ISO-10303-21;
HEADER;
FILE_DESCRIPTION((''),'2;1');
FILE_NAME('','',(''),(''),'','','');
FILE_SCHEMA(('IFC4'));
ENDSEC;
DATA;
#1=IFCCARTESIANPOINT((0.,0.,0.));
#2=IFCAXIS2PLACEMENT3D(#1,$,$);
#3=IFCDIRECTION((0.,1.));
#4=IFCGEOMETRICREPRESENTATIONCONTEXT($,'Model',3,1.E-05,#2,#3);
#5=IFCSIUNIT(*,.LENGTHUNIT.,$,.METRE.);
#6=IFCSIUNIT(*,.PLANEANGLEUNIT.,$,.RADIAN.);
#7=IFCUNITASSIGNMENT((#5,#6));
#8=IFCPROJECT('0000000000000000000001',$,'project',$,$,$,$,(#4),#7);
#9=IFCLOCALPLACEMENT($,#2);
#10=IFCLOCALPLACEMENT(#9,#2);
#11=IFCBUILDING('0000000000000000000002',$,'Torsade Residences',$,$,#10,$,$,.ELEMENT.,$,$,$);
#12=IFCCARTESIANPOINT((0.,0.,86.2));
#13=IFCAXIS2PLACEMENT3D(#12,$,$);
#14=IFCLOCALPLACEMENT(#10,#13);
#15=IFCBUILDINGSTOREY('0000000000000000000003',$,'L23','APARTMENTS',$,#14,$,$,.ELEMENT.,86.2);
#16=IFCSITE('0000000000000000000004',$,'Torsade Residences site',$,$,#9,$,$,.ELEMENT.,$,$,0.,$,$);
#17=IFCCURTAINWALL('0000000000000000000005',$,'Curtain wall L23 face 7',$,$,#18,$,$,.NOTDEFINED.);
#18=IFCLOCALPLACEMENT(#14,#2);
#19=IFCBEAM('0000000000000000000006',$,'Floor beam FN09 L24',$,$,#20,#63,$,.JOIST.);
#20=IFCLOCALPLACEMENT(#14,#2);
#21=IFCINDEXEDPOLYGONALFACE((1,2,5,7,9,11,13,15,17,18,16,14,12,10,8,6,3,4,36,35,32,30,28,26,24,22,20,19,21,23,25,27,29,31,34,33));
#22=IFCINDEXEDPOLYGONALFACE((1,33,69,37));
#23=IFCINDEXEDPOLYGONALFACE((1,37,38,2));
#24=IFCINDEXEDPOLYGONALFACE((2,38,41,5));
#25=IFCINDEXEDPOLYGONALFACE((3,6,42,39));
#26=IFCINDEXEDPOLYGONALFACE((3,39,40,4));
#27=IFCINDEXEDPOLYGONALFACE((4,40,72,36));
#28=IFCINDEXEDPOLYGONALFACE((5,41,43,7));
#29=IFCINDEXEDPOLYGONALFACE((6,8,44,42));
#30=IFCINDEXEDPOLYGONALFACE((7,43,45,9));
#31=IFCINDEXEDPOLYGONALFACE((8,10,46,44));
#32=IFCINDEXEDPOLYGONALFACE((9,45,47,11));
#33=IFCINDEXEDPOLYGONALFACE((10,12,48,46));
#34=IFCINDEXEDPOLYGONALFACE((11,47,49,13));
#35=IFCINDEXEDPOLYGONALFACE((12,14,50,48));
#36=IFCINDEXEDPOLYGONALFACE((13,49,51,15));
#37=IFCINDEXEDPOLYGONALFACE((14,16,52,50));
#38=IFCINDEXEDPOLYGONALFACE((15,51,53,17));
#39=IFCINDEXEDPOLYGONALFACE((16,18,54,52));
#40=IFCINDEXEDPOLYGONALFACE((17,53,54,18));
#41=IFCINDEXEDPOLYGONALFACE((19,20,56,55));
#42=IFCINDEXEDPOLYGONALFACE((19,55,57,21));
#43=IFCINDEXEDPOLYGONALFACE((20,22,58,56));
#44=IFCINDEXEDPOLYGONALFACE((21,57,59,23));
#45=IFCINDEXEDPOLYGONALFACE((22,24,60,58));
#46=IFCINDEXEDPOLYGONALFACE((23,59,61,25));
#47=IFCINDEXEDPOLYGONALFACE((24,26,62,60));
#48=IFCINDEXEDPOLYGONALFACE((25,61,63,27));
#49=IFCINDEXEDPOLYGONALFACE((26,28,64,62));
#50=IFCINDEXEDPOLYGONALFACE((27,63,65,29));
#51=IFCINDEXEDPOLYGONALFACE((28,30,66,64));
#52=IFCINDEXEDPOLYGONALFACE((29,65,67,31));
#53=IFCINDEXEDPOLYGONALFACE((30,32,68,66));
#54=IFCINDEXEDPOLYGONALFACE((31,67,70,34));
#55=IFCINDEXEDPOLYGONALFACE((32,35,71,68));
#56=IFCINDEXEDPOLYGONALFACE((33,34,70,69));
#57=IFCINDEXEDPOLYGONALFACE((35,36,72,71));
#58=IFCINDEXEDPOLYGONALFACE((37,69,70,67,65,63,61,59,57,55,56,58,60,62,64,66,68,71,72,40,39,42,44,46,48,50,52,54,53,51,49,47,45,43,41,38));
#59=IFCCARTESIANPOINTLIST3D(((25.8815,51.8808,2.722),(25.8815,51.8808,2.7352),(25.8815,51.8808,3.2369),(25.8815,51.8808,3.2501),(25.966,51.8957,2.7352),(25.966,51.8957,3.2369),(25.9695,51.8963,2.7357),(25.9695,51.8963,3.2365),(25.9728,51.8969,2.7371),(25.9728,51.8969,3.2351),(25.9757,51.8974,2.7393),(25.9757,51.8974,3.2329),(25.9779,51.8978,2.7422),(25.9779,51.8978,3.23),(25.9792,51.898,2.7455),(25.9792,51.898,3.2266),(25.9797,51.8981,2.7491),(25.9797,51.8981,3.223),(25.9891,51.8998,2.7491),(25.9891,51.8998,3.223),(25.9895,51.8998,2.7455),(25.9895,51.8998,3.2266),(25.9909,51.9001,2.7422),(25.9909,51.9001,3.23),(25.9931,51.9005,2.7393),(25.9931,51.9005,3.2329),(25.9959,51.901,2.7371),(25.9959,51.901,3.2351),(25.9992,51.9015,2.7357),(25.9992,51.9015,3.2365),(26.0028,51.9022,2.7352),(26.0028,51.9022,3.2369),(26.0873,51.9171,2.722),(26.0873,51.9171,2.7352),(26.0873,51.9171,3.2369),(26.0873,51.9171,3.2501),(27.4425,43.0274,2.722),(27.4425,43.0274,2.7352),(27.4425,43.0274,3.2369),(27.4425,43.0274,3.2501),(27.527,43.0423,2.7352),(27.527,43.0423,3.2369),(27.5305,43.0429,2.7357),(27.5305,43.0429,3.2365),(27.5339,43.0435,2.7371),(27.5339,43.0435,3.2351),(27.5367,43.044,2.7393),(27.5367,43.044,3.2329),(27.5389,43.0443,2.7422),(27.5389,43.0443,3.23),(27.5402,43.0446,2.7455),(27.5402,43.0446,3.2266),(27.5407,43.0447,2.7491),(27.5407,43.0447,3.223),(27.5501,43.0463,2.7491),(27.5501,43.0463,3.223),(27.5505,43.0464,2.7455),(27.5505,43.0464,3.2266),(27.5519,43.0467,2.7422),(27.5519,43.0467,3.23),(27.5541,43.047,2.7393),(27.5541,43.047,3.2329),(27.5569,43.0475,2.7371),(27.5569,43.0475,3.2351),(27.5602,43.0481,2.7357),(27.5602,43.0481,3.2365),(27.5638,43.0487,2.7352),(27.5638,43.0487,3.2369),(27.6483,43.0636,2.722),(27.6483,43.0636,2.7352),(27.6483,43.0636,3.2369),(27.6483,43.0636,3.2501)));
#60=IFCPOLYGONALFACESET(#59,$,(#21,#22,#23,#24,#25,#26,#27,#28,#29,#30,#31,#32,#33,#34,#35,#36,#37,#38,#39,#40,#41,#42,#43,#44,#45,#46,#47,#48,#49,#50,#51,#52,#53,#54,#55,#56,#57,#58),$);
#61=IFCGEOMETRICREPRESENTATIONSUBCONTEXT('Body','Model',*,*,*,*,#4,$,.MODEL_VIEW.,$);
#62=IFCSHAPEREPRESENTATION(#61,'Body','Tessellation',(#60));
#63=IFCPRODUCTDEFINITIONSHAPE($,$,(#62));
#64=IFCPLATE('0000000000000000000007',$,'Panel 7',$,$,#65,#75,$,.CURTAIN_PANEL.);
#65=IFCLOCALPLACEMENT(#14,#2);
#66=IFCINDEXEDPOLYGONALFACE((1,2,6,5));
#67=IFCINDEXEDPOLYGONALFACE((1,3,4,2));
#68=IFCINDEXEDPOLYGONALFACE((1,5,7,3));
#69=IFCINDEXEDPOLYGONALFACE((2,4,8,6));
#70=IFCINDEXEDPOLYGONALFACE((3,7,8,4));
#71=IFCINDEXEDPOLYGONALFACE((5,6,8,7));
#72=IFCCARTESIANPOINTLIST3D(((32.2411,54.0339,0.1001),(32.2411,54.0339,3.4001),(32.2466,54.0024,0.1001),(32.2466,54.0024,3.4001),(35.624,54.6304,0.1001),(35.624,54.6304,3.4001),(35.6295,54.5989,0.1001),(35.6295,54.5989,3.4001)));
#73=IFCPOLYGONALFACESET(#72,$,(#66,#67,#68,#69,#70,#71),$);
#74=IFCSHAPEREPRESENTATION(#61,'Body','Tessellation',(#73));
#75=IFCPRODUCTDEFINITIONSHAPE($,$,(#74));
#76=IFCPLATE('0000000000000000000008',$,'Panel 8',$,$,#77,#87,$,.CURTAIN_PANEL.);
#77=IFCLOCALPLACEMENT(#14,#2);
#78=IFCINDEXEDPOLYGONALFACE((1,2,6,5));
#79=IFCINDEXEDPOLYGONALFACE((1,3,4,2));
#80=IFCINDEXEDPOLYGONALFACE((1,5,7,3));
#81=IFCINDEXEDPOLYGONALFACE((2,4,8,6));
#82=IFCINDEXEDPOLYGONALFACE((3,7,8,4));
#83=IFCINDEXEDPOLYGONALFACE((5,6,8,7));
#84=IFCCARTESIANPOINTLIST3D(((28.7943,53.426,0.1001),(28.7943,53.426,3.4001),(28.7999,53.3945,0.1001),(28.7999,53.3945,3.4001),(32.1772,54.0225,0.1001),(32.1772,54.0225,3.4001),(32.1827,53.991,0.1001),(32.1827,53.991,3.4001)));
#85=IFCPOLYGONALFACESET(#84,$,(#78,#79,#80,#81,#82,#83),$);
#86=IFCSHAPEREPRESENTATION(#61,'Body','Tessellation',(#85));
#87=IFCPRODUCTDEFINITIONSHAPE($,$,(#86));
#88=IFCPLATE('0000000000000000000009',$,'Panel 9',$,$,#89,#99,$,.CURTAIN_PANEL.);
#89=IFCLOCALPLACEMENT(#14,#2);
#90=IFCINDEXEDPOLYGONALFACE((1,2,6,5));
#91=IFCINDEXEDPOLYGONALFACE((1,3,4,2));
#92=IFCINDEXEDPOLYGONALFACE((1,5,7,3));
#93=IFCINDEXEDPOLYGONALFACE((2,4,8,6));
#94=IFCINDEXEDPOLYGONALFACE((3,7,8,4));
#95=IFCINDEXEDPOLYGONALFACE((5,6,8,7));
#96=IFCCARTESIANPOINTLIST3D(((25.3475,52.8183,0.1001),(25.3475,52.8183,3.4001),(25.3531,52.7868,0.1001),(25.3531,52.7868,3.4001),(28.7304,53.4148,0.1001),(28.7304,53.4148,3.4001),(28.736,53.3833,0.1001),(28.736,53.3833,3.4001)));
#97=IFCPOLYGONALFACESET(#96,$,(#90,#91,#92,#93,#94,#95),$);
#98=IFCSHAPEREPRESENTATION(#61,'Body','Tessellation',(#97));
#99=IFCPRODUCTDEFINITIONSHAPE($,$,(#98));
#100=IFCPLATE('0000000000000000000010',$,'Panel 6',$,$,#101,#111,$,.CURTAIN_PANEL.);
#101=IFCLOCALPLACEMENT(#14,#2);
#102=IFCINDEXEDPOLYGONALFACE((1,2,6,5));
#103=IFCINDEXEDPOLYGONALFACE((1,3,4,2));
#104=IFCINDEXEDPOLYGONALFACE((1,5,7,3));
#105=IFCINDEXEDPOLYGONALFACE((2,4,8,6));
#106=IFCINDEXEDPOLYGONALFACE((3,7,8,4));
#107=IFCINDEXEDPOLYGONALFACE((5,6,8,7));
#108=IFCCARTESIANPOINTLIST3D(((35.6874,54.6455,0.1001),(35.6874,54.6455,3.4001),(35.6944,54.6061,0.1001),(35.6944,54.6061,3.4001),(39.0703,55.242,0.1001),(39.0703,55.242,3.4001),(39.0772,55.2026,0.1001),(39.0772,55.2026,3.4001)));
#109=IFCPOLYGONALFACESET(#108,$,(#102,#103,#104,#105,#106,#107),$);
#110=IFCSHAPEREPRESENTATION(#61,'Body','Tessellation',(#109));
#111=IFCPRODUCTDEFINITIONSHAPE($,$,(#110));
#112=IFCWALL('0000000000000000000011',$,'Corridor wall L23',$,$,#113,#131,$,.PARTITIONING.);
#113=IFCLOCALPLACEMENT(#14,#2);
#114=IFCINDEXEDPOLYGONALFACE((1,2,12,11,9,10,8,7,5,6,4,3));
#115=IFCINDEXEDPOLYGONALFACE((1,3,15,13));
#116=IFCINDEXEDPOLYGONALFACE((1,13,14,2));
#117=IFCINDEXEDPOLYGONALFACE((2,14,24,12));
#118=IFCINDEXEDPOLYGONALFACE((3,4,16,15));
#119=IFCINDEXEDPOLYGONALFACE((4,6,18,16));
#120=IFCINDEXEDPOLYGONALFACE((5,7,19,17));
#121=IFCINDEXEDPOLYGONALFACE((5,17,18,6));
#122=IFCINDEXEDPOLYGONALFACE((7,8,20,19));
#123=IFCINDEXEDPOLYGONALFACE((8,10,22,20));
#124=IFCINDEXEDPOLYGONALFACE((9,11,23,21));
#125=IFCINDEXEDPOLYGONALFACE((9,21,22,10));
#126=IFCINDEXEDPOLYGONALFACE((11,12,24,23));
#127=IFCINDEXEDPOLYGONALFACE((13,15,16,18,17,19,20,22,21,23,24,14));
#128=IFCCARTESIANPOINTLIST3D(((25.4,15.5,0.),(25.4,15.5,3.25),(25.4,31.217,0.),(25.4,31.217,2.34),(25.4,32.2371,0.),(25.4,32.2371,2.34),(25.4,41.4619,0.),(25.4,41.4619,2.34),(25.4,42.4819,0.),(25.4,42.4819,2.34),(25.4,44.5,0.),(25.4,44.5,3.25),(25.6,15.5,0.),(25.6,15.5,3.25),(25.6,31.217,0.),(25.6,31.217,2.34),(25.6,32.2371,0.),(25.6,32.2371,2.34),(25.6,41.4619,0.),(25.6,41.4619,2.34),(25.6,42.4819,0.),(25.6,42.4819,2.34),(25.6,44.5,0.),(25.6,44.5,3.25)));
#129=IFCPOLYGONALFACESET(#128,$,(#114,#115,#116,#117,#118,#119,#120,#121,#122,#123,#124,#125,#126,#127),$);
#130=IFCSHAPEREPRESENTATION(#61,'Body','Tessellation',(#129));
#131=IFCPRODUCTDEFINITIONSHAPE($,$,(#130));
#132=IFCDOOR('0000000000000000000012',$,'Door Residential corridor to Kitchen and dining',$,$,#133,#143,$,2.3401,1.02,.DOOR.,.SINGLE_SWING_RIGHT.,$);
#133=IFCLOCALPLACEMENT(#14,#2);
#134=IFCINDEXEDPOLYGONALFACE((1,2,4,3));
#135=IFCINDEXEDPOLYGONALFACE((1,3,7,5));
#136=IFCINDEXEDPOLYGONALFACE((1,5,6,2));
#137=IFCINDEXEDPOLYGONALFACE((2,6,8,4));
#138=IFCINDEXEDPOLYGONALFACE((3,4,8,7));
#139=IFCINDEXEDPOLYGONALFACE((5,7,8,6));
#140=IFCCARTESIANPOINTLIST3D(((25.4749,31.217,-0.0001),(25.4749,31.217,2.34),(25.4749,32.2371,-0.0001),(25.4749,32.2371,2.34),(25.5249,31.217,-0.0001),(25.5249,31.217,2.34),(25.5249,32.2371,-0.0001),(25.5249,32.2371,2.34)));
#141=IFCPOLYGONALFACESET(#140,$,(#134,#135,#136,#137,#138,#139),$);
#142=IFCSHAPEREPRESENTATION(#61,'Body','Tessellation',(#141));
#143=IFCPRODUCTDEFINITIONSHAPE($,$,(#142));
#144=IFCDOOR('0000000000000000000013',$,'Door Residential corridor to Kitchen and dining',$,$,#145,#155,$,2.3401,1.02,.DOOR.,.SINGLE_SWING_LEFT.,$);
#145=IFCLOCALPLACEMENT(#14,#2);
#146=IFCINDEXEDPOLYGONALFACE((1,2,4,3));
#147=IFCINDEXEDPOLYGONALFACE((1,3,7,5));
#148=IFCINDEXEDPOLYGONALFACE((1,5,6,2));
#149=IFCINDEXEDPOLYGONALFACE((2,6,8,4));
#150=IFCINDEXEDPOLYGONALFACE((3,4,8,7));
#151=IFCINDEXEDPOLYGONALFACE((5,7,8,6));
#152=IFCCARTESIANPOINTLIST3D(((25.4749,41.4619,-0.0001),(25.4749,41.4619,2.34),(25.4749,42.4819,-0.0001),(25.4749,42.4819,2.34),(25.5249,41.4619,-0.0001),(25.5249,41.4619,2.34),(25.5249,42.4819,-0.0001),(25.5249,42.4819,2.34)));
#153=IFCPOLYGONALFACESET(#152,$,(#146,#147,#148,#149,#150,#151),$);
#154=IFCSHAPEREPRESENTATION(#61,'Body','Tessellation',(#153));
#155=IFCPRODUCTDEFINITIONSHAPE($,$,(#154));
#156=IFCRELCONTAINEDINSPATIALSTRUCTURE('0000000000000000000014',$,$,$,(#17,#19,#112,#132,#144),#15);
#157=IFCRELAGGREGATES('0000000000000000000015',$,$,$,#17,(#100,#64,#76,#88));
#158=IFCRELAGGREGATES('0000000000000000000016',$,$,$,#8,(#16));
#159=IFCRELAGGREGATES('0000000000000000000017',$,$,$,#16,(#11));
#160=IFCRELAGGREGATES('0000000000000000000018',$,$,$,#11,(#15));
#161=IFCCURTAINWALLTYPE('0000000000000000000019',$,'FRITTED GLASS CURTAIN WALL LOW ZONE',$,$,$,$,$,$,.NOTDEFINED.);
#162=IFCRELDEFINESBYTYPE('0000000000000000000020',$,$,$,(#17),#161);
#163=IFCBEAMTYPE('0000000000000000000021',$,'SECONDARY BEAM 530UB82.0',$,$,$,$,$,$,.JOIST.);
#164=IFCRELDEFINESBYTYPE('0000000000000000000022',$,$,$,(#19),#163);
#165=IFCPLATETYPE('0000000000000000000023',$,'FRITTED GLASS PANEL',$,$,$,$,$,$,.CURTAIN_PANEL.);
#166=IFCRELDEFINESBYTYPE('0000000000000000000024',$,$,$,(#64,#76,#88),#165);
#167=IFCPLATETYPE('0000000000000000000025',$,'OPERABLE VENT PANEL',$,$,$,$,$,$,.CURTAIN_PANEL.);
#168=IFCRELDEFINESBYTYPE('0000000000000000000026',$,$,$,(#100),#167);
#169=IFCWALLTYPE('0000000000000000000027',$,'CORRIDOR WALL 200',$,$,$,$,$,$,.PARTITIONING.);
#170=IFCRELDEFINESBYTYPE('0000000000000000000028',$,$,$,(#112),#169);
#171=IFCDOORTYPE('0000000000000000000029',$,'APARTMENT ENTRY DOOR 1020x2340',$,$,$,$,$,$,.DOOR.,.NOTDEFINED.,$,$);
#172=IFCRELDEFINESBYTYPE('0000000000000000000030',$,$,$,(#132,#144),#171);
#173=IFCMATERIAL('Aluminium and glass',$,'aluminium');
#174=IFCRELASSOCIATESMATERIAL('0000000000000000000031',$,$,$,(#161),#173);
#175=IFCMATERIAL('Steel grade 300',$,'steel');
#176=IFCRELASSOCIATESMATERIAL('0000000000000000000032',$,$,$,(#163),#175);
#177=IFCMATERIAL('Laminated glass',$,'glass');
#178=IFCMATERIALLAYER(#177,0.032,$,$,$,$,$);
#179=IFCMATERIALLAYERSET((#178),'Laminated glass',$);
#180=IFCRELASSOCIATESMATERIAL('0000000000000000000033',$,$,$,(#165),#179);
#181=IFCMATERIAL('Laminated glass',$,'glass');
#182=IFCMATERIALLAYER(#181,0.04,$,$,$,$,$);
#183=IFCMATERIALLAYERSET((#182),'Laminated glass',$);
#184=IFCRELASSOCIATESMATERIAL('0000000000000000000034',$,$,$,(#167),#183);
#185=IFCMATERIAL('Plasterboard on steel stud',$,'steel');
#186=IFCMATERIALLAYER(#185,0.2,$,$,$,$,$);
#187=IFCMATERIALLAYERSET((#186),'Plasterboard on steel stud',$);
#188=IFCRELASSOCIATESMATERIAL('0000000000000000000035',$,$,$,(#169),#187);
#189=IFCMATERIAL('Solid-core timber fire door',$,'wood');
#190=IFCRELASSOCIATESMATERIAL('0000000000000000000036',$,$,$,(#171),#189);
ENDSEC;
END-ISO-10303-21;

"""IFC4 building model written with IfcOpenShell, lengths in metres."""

from ifc_helpers import new_model, si_unit, direction, frame, frame_2d, origin, origin_2d, place, context, subcontext, project, spatial, rectangle, i_section, extrude, material, layer, layer_set, material_profile, profile_set, type_object, element, fill, aggregate, save


model = new_model("IFC4")

# Units and contexts
model_context = context("Model", 3, precision=1e-05, world=origin(), true_north=direction((0.0, 1.0)))
body_context = subcontext(model_context, "Body", "Model", "MODEL_VIEW")
ifc_project = project(units=[si_unit("LENGTHUNIT", "METRE"), si_unit("PLANEANGLEUNIT", "RADIAN")], contexts=[model_context])

# Site, building, storey
site_placement = place(None, origin())
site = spatial("IfcSite", under=ifc_project, at=site_placement, Name="Torsade Residences site", CompositionType="ELEMENT", RefElevation=0.0)
building_placement = place(site_placement, origin())
building = spatial("IfcBuilding", under=site, at=building_placement, Name="Torsade Residences", CompositionType="ELEMENT")
storey_placement = place(building_placement, frame((0.0, 0.0, 86.2)))
storey = spatial("IfcBuildingStorey", under=building, at=storey_placement, Name="L23", Description="APARTMENTS", CompositionType="ELEMENT", Elevation=86.2)

# Curtain wall
ifc_material_1 = material(Name="Aluminium and glass", Category="aluminium")
curtain_wall_type = type_object("IfcCurtainWallType", Name="FRITTED GLASS CURTAIN WALL LOW ZONE", PredefinedType="NOTDEFINED", material=ifc_material_1)
curtain_wall_placement = place(storey_placement, origin())
curtain_wall = element("IfcCurtainWall", 1, at=curtain_wall_placement, inside=storey, type_object=curtain_wall_type, Name="Curtain wall L23 face 7", PredefinedType="NOTDEFINED")

# Beam
ifc_material_2 = material(Name="Steel grade 300", Category="steel")
ifc_material_profile_1 = material_profile(ifc_material_2, i_section(OverallWidth=0.209, OverallDepth=0.5281, WebThickness=0.0095, FlangeThickness=0.0132, FilletRadius=0.0139, at=origin_2d()), Name="530UB82.0")
ifc_profile_set_1 = profile_set([ifc_material_profile_1], Name="Steel grade 300")
beam_type_1 = type_object("IfcBeamType", Name="SECONDARY BEAM 530UB82.0", PredefinedType="JOIST", material=ifc_profile_set_1)
beam_1_placement = place(storey_placement, frame((25.9844, 51.8989, 2.9861), z_axis=(0.17364, -0.984809, 0.0), x_axis=(0.984809, 0.17364, 0.0)))
element("IfcBeam", 2, at=beam_1_placement, inside=storey, type_object=beam_type_1, Name="Floor beam FN09 L24", PredefinedType="JOIST", context=body_context, shape_type="SweptSolid", body=[
    extrude(i_section(OverallWidth=0.209, OverallDepth=0.5281, WebThickness=0.0095, FlangeThickness=0.0132, FilletRadius=0.0139, at=origin_2d()), origin(), (0.0, 0.0, 1.0), 8.99),
])

# Plates
ifc_material_3 = material(Name="Laminated glass", Category="glass")
ifc_layer_1 = layer(ifc_material_3, 0.032)
ifc_layer_set_1 = layer_set([ifc_layer_1], Name="Laminated glass")
plate_type_1 = type_object("IfcPlateType", Name="FRITTED GLASS PANEL", PredefinedType="CURTAIN_PANEL", material=ifc_layer_set_1)
plate_1_placement = place(storey_placement, frame((33.9353, 54.3164, 0.1001), z_axis=(0.0, 0.0, 1.0), x_axis=(-0.984808, -0.173648, 0.0)))
plate_1 = element("IfcPlate", 3, at=plate_1_placement, type_object=plate_type_1, Name="Panel 7", PredefinedType="CURTAIN_PANEL", context=body_context, shape_type="SweptSolid", body=[
    extrude(rectangle(XDim=3.4351, YDim=0.032, at=origin_2d()), origin(), (0.0, 0.0, 1.0), 3.3),
])
plate_2_placement = place(storey_placement, frame((30.4885, 53.7085, 0.1001), z_axis=(0.0, 0.0, 1.0), x_axis=(-0.984808, -0.173648, 0.0)))
plate_2 = element("IfcPlate", 4, at=plate_2_placement, type_object=plate_type_1, Name="Panel 8", PredefinedType="CURTAIN_PANEL", context=body_context, shape_type="SweptSolid", body=[
    extrude(rectangle(XDim=3.4351, YDim=0.032, at=origin_2d()), origin(), (0.0, 0.0, 1.0), 3.3),
])
plate_3_placement = place(storey_placement, frame((27.0417, 53.1008, 0.1001), z_axis=(0.0, 0.0, 1.0), x_axis=(-0.984808, -0.173648, 0.0)))
plate_3 = element("IfcPlate", 5, at=plate_3_placement, type_object=plate_type_1, Name="Panel 9", PredefinedType="CURTAIN_PANEL", context=body_context, shape_type="SweptSolid", body=[
    extrude(rectangle(XDim=3.4351, YDim=0.032, at=origin_2d()), origin(), (0.0, 0.0, 1.0), 3.3),
])
ifc_material_4 = material(Name="Laminated glass", Category="glass")
ifc_layer_2 = layer(ifc_material_4, 0.04)
ifc_layer_set_2 = layer_set([ifc_layer_2], Name="Laminated glass")
plate_type_2 = type_object("IfcPlateType", Name="OPERABLE VENT PANEL", PredefinedType="CURTAIN_PANEL", material=ifc_layer_set_2)
plate_4_placement = place(storey_placement, frame((37.3823, 54.9241, 0.1001), z_axis=(0.0, 0.0, 1.0), x_axis=(-0.984808, -0.173648, 0.0)))
plate_4 = element("IfcPlate", 6, at=plate_4_placement, type_object=plate_type_2, Name="Panel 6", PredefinedType="CURTAIN_PANEL", context=body_context, shape_type="SweptSolid", body=[
    extrude(rectangle(XDim=3.4351, YDim=0.04, at=origin_2d()), origin(), (0.0, 0.0, 1.0), 3.3),
])
aggregate(curtain_wall, [plate_4, plate_1, plate_2, plate_3])

# Wall, openings, doors
ifc_material_5 = material(Name="Plasterboard on steel stud", Category="steel")
ifc_layer_3 = layer(ifc_material_5, 0.2)
ifc_layer_set_3 = layer_set([ifc_layer_3], Name="Plasterboard on steel stud")
wall_type_1 = type_object("IfcWallType", Name="CORRIDOR WALL 200", PredefinedType="PARTITIONING", material=ifc_layer_set_3)
wall_1_placement = place(storey_placement, frame((25.5, 44.5, 0.0), z_axis=(0.0, 0.0, 1.0), x_axis=(0.0, -1.0, 0.0)))
wall_1 = element("IfcWall", 7, at=wall_1_placement, inside=storey, type_object=wall_type_1, Name="Corridor wall L23", PredefinedType="PARTITIONING", context=body_context, shape_type="SweptSolid", body=[
    extrude(rectangle(XDim=29.0, YDim=0.2, at=frame_2d((14.5, 0.0))), origin(), (0.0, 0.0, 1.0), 3.25),
])
opening_1_placement = place(wall_1_placement, frame((12.2629, 0.0, 0.0)))
opening_1 = element("IfcOpeningElement", 8, at=opening_1_placement, cuts=wall_1, PredefinedType="OPENING", context=body_context, shape_type="SweptSolid", body=[
    extrude(rectangle(XDim=1.02, YDim=2.3401, at=frame_2d((0.51, 1.1699))), frame((0.0, 0.1099, 0.0), z_axis=(0.0, -1.0, 0.0), x_axis=(1.0, 0.0, 0.0)), (0.0, 0.0, 1.0), 0.22),
])
opening_2_placement = place(wall_1_placement, frame((2.0181, 0.0, 0.0)))
opening_2 = element("IfcOpeningElement", 9, at=opening_2_placement, cuts=wall_1, PredefinedType="OPENING", context=body_context, shape_type="SweptSolid", body=[
    extrude(rectangle(XDim=1.02, YDim=2.3401, at=frame_2d((0.51, 1.1699))), frame((0.0, 0.1099, 0.0), z_axis=(0.0, -1.0, 0.0), x_axis=(1.0, 0.0, 0.0)), (0.0, 0.0, 1.0), 0.22),
])
ifc_material_6 = material(Name="Solid-core timber fire door", Category="wood")
door_type_1 = type_object("IfcDoorType", Name="APARTMENT ENTRY DOOR 1020x2340", OperationType="NOTDEFINED", PredefinedType="DOOR", material=ifc_material_6)
door_1_placement = place(opening_1_placement, origin())
door_1 = element("IfcDoor", 10, at=door_1_placement, inside=storey, type_object=door_type_1, Name="Door Residential corridor to Kitchen and dining", OperationType="SINGLE_SWING_RIGHT", OverallHeight=2.3401, OverallWidth=1.02, PredefinedType="DOOR", context=body_context, shape_type="SweptSolid", body=[
    extrude(rectangle(XDim=1.02, YDim=2.3401, at=frame_2d((0.51, 1.1699))), frame((0.0, 0.0249, 0.0), z_axis=(0.0, -1.0, 0.0), x_axis=(1.0, 0.0, 0.0)), (0.0, 0.0, 1.0), 0.05),
])
fill(opening_1, door_1)
door_2_placement = place(opening_2_placement, origin())
door_2 = element("IfcDoor", 11, at=door_2_placement, inside=storey, type_object=door_type_1, Name="Door Residential corridor to Kitchen and dining", OperationType="SINGLE_SWING_LEFT", OverallHeight=2.3401, OverallWidth=1.02, PredefinedType="DOOR", context=body_context, shape_type="SweptSolid", body=[
    extrude(rectangle(XDim=1.02, YDim=2.3401, at=frame_2d((0.51, 1.1699))), frame((0.0, 0.0249, 0.0), z_axis=(0.0, -1.0, 0.0), x_axis=(1.0, 0.0, 0.0)), (0.0, 0.0, 1.0), 0.05),
])
fill(opening_2, door_2)

save(model, "model.ifc")
